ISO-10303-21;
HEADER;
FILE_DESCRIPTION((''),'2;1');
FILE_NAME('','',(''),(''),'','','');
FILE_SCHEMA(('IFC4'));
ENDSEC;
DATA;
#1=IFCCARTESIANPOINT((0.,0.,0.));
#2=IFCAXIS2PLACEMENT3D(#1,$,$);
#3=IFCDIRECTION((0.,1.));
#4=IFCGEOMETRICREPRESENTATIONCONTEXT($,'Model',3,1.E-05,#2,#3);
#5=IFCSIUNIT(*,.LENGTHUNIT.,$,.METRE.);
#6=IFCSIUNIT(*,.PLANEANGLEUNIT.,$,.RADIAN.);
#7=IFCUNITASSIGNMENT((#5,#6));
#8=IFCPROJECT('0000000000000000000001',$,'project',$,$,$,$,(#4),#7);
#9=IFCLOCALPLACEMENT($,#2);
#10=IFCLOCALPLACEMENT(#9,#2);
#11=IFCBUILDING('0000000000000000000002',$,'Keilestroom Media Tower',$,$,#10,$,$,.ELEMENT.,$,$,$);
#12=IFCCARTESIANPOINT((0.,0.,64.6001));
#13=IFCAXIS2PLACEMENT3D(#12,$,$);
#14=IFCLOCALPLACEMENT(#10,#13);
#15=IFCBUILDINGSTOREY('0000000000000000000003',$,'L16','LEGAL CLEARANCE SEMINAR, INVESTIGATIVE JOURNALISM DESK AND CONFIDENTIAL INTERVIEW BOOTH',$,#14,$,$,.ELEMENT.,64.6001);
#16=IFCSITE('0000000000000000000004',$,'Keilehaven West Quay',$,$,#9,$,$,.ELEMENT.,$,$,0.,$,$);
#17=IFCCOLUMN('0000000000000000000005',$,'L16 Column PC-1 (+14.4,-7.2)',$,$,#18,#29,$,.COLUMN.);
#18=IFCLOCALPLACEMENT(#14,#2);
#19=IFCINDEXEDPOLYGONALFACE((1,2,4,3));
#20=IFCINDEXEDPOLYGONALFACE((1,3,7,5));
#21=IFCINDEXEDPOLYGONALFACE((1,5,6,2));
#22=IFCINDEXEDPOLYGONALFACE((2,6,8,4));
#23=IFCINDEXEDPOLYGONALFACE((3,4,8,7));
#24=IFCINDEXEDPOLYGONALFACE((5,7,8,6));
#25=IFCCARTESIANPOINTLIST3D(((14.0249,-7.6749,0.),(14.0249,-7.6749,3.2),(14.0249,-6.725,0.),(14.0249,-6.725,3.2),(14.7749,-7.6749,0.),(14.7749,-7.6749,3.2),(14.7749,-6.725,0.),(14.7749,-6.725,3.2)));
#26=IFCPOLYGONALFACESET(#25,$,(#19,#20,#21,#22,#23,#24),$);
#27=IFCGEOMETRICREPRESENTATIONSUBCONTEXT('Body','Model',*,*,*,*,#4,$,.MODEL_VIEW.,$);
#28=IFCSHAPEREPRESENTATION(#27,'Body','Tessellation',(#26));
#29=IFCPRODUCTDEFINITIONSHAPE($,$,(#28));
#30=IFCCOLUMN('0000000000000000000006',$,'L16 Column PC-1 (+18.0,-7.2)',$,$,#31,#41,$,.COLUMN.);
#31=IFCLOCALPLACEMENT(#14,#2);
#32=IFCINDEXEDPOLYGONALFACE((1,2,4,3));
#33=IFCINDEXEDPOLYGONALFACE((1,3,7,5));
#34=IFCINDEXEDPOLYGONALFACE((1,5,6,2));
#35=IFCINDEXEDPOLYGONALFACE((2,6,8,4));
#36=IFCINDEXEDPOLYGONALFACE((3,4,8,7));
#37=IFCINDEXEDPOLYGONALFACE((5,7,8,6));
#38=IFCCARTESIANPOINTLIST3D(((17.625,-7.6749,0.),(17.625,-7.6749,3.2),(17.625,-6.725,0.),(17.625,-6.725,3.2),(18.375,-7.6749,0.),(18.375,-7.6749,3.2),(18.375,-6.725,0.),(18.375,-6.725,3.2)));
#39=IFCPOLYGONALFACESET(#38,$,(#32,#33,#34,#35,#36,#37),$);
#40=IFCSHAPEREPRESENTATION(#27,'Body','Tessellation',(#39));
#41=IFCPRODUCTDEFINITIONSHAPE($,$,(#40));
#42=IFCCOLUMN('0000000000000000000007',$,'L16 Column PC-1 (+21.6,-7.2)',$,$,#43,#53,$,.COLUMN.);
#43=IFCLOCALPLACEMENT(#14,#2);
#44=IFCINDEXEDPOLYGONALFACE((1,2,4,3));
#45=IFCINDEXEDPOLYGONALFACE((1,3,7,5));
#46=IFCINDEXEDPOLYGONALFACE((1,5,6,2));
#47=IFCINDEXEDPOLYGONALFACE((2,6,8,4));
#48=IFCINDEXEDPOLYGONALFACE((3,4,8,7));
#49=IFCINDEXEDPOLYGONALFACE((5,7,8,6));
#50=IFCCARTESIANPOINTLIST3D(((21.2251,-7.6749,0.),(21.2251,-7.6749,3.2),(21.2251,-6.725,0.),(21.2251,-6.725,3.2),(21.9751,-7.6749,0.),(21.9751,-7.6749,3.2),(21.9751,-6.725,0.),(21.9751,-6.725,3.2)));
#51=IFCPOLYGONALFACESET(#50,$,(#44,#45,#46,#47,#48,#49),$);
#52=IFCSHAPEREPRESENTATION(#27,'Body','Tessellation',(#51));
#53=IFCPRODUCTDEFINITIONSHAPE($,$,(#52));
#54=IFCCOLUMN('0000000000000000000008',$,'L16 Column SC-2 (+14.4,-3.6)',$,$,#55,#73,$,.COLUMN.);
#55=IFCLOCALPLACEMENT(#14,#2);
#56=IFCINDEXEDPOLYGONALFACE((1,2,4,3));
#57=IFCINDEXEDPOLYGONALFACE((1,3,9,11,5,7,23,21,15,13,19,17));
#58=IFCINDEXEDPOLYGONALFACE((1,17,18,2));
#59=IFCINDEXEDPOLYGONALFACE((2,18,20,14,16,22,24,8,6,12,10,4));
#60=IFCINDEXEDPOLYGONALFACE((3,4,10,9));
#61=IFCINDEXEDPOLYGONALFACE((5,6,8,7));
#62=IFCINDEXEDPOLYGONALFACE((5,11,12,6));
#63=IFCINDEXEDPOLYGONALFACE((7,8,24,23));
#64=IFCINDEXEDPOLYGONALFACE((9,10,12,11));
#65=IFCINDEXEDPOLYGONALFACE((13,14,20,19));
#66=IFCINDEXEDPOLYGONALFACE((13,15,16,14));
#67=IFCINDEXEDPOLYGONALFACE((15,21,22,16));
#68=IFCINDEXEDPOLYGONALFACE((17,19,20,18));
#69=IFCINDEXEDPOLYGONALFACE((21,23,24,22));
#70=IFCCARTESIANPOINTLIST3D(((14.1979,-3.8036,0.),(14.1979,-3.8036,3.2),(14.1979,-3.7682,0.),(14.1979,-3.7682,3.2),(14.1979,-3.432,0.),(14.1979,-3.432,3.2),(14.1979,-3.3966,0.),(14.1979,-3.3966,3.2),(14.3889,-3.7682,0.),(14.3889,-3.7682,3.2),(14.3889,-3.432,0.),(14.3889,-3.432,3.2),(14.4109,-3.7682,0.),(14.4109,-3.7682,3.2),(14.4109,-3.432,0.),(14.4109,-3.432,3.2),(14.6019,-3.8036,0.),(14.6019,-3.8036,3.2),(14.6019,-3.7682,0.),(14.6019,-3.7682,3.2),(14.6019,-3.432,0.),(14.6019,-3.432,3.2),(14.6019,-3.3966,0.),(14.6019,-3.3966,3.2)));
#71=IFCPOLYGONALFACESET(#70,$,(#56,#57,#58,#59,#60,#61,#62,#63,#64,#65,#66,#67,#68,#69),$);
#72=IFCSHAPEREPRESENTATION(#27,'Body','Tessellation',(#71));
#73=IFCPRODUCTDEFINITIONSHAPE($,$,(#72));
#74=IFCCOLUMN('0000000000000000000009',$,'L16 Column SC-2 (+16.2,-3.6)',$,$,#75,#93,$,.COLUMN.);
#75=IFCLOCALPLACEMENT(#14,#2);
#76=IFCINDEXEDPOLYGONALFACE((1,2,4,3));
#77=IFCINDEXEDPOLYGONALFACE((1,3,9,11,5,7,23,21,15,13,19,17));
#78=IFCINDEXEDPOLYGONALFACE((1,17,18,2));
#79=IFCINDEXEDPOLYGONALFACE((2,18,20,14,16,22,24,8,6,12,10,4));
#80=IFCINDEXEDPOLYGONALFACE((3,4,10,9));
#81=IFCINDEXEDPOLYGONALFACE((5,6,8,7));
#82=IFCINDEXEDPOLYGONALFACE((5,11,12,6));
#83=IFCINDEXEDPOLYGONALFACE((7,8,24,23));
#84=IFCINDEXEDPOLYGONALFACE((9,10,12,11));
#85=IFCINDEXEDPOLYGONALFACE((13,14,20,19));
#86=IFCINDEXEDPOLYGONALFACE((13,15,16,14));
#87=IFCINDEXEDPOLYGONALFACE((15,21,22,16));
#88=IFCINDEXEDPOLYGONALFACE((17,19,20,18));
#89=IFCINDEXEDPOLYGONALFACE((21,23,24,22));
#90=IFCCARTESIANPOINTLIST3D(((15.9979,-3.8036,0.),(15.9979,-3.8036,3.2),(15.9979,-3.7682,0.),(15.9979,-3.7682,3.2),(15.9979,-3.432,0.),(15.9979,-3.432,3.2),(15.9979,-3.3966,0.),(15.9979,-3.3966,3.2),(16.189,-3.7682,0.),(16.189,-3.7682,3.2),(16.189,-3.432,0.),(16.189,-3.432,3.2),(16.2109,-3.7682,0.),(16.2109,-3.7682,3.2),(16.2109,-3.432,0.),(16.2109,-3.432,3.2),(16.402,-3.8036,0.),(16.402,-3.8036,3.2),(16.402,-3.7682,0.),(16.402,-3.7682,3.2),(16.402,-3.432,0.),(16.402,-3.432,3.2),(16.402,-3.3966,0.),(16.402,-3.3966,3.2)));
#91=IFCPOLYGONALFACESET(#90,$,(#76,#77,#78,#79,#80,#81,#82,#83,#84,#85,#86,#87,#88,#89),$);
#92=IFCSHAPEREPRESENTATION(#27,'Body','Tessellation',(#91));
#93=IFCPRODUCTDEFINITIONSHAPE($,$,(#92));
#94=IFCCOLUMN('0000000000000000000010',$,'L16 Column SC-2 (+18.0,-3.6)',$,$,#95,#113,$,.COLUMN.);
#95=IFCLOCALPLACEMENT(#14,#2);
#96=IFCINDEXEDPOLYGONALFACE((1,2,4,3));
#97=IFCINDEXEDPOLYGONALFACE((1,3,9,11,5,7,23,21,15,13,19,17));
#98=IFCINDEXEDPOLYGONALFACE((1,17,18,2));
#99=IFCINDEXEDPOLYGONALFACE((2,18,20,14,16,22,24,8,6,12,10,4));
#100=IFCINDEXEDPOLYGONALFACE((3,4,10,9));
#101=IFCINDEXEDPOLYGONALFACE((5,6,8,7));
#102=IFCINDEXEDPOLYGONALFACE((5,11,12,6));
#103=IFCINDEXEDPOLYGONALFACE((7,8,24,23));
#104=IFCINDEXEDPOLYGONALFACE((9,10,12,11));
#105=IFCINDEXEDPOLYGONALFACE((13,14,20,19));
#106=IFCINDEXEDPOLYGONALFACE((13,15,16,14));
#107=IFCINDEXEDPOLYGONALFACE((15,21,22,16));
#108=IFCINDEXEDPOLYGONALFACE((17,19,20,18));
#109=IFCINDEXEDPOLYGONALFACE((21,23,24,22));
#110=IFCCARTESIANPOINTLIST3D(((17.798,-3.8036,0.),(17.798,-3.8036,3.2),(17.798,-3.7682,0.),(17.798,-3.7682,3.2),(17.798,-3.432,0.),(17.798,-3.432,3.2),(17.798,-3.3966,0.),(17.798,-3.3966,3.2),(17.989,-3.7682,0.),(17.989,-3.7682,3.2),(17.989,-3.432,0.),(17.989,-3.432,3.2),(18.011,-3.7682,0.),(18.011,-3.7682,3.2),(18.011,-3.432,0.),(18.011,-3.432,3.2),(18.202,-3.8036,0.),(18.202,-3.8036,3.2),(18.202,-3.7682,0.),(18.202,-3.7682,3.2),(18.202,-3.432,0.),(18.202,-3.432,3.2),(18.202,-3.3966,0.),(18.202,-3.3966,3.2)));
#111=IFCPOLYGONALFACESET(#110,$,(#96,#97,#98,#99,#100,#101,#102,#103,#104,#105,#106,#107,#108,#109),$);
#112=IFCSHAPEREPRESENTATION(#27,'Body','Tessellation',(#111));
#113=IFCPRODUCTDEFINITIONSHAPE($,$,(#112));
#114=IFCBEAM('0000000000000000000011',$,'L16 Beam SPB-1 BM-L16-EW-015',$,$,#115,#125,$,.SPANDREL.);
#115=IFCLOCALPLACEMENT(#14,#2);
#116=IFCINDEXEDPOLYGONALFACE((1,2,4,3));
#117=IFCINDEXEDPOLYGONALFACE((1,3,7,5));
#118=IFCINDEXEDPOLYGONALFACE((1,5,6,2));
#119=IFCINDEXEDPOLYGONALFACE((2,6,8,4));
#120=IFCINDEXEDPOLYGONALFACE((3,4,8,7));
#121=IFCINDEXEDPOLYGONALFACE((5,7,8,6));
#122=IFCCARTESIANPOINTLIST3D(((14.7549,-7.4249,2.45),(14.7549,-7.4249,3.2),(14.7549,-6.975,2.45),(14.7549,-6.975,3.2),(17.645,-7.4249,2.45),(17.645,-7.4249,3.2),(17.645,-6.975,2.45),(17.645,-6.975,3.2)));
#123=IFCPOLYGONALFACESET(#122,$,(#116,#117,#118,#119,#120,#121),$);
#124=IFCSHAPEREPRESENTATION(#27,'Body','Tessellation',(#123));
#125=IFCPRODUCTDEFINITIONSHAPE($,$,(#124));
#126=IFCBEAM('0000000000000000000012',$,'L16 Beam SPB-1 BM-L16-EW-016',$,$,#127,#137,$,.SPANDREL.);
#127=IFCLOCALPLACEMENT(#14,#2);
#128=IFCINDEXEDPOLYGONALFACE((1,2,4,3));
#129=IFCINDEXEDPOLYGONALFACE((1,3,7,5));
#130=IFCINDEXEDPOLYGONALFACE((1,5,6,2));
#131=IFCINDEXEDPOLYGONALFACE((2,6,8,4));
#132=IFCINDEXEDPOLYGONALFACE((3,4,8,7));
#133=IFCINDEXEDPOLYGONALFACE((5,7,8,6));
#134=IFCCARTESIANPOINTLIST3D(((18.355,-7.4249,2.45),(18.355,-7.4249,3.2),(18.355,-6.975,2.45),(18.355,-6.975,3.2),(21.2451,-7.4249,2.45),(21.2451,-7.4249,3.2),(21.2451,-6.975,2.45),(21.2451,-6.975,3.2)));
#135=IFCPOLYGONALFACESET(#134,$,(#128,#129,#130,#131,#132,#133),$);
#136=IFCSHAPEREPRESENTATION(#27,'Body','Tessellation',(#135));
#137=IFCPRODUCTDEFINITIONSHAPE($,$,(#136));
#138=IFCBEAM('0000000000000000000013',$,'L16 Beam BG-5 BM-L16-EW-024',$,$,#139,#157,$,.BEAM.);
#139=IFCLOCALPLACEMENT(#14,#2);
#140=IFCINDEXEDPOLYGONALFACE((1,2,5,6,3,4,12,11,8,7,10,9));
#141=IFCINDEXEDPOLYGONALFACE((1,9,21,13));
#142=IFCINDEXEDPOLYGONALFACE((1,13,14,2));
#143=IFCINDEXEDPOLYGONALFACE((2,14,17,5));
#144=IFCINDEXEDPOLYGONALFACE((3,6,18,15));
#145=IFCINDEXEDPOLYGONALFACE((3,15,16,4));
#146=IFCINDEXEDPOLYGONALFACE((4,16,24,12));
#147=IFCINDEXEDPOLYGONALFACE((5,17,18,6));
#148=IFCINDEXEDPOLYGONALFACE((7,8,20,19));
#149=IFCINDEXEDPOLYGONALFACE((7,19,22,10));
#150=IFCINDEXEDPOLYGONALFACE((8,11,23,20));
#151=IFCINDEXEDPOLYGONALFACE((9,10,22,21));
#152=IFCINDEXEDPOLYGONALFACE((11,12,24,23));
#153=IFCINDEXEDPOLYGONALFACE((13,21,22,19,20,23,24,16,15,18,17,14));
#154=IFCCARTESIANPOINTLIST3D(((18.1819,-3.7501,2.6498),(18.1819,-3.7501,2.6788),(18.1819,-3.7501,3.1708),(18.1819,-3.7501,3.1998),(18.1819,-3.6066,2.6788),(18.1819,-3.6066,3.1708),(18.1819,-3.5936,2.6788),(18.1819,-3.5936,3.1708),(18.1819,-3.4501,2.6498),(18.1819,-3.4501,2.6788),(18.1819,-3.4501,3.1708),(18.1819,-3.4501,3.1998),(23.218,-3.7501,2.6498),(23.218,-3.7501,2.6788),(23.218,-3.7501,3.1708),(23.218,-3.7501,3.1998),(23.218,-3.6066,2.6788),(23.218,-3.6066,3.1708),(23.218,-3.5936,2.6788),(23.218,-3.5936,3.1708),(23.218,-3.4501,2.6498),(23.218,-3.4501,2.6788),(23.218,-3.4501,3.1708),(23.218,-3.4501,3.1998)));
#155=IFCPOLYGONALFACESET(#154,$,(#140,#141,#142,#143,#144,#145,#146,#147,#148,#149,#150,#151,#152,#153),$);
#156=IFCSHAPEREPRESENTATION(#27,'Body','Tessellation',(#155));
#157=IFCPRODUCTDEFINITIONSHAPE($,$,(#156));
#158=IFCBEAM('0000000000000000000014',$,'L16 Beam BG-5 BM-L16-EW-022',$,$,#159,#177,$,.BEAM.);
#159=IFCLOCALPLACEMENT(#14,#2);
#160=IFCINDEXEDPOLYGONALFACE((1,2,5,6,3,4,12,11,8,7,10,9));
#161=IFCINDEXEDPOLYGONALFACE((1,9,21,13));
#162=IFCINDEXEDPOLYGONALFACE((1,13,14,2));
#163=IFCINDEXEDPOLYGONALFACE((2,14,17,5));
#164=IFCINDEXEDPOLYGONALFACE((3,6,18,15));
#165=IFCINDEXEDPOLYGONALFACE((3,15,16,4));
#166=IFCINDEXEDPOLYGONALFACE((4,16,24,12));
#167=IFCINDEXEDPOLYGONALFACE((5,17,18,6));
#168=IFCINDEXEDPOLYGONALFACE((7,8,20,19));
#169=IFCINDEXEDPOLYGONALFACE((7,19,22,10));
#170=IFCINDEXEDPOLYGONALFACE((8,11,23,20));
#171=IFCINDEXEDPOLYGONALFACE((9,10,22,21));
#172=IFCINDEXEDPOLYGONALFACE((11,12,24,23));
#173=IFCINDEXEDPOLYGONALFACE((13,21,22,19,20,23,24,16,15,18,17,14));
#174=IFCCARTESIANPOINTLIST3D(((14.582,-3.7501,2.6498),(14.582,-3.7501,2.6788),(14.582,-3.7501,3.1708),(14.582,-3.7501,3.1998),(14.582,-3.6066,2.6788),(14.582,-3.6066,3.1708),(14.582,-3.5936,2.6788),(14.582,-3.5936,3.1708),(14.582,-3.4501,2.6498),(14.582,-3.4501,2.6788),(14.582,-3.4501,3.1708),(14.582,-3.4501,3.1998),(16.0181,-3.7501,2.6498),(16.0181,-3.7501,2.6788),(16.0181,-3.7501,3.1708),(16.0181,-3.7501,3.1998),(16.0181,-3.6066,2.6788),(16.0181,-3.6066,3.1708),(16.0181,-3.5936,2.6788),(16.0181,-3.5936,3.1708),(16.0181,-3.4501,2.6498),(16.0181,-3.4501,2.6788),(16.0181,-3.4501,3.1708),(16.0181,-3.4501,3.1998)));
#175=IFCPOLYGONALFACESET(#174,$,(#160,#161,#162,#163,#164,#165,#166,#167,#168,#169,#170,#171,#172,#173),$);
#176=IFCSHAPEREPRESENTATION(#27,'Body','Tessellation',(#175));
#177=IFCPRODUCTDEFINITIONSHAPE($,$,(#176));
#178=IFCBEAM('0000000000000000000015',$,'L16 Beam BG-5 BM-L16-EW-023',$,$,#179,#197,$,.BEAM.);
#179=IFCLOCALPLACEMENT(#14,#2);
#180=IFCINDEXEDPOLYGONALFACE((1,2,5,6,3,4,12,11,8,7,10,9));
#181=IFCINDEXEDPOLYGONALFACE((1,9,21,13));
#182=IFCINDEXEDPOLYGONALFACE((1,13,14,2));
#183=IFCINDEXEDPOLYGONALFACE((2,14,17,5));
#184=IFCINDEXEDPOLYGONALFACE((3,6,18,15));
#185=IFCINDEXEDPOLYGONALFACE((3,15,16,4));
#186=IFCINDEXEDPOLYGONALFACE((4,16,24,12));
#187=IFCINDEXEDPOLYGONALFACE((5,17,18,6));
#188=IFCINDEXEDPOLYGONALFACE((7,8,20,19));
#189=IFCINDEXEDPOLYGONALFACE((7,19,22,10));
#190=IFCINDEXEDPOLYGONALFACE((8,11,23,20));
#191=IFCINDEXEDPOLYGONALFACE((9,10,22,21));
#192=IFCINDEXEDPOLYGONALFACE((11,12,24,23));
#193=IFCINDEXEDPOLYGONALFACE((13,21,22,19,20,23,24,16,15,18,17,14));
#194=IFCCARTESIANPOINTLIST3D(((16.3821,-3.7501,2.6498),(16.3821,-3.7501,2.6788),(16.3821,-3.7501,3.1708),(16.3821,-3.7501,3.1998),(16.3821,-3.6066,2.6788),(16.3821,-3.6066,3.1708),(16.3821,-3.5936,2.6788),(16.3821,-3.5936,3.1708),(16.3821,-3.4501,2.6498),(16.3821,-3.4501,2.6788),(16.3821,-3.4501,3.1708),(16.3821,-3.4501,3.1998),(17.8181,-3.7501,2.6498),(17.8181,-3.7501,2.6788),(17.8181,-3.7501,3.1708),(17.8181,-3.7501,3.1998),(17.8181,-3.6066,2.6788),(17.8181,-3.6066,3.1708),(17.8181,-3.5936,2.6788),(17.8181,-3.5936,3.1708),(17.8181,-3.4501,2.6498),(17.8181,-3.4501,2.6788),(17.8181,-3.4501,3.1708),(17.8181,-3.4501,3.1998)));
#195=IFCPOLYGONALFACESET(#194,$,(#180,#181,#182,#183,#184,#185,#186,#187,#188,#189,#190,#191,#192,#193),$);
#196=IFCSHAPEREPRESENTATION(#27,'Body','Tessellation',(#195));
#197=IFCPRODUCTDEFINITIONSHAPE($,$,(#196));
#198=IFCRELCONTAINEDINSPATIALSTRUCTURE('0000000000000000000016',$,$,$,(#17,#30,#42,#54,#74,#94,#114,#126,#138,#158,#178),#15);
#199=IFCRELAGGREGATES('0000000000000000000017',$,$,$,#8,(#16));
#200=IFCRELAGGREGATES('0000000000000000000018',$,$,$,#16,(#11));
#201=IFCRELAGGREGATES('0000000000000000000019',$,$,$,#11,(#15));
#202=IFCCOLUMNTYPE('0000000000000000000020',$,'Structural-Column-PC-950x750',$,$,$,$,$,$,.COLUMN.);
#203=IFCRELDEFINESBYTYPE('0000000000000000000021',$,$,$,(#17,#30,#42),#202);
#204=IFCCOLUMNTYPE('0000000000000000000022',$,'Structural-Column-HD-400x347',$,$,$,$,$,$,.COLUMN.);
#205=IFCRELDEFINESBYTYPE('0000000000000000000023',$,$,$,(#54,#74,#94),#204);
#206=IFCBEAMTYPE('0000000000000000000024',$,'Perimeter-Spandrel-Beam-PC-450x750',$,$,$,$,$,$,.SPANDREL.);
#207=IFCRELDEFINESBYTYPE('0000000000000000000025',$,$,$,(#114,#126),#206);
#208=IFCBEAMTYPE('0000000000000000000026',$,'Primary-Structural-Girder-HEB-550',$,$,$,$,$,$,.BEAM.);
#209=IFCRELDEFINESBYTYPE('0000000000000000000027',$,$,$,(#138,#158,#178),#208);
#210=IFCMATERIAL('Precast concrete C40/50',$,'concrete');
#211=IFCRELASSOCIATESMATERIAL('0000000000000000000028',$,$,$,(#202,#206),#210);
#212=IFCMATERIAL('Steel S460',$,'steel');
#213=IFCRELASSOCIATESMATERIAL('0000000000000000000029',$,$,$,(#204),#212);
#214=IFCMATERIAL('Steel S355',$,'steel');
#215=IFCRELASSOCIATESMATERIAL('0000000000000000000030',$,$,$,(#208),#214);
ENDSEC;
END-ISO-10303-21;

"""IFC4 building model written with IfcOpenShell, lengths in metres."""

from ifc_helpers import new_model, si_unit, direction, frame, origin, origin_2d, place, context, subcontext, project, spatial, rectangle, i_section, extrude, source, transform, mapped, material, material_profile, profile_set, type_object, element, save


model = new_model("IFC4")

# Units and contexts
model_context = context("Model", 3, precision=1e-05, world=origin(), true_north=direction((0.0, 1.0)))
body_context = subcontext(model_context, "Body", "Model", "MODEL_VIEW")
ifc_project = project(units=[si_unit("LENGTHUNIT", "METRE"), si_unit("PLANEANGLEUNIT", "RADIAN")], contexts=[model_context])

# Site, building, storey
site_placement = place(None, origin())
site = spatial("IfcSite", under=ifc_project, at=site_placement, Name="Keilehaven West Quay", CompositionType="ELEMENT", RefElevation=0.0)
building_placement = place(site_placement, origin())
building = spatial("IfcBuilding", under=site, at=building_placement, Name="Keilestroom Media Tower", CompositionType="ELEMENT")
storey_placement = place(building_placement, frame((0.0, 0.0, 64.6001)))
storey = spatial("IfcBuildingStorey", under=building, at=storey_placement, Name="L16", Description="LEGAL CLEARANCE SEMINAR, INVESTIGATIVE JOURNALISM DESK AND CONFIDENTIAL INTERVIEW BOOTH", CompositionType="ELEMENT", Elevation=64.6001)

# Columns
ifc_material_1 = material(Name="Precast concrete C40/50", Category="concrete")
ifc_material_profile_1 = material_profile(ifc_material_1, rectangle(XDim=0.75, YDim=0.95, at=origin_2d()), Name="PC 950x750")
ifc_profile_set_1 = profile_set([ifc_material_profile_1], Name="Precast concrete C40/50")
column_type_1 = type_object("IfcColumnType", Name="Structural-Column-PC-950x750", PredefinedType="COLUMN", material=ifc_profile_set_1)
shared_shape_1 = source(origin(), body_context, "Body", "SweptSolid", [
    extrude(rectangle(XDim=0.75, YDim=0.95, at=origin_2d()), origin(), (0.0, 0.0, 1.0), 3.2),
])
for number, where, z_axis, x_axis, name in (
    (1, (14.3999, -7.2, 0.0), (0.0, 0.0, 1.0), (1.0, 0.0, 0.0), "L16 Column PC-1 (+14.4,-7.2)"),
    (2, (18.0, -7.2, 0.0), (0.0, 0.0, 1.0), (1.0, 0.0, 0.0), "L16 Column PC-1 (+18.0,-7.2)"),
    (3, (21.6001, -7.2, 0.0), (0.0, 0.0, 1.0), (1.0, 0.0, 0.0), "L16 Column PC-1 (+21.6,-7.2)"),
):
    element("IfcColumn", number, at=place(storey_placement, frame(where, z_axis=z_axis, x_axis=x_axis)), inside=storey, type_object=column_type_1, Name=name, PredefinedType="COLUMN", context=body_context, shape_type="MappedRepresentation", body=[
        mapped(shared_shape_1, transform((0.0, 0.0, 0.0), x_axis=(1.0, 0.0, 0.0), y_axis=(0.0, 1.0, 0.0), z_axis=(0.0, 0.0, 1.0), scale=1.0)),
    ])
ifc_material_2 = material(Name="Steel S460", Category="steel")
ifc_material_profile_2 = material_profile(ifc_material_2, i_section(OverallWidth=0.4041, OverallDepth=0.407, WebThickness=0.022, FlangeThickness=0.0354, at=origin_2d()), Name="HD 400x347")
ifc_profile_set_2 = profile_set([ifc_material_profile_2], Name="Steel S460")
column_type_2 = type_object("IfcColumnType", Name="Structural-Column-HD-400x347", PredefinedType="COLUMN", material=ifc_profile_set_2)
shared_shape_2 = source(origin(), body_context, "Body", "SweptSolid", [
    extrude(i_section(OverallWidth=0.4041, OverallDepth=0.407, WebThickness=0.022, FlangeThickness=0.0354, at=origin_2d()), origin(), (0.0, 0.0, 1.0), 3.2),
])
for number, where, z_axis, x_axis, name in (
    (4, (14.3999, -3.6001, 0.0), (0.0, 0.0, 1.0), (1.0, 0.0, 0.0), "L16 Column SC-2 (+14.4,-3.6)"),
    (5, (16.2, -3.6001, 0.0), (0.0, 0.0, 1.0), (1.0, 0.0, 0.0), "L16 Column SC-2 (+16.2,-3.6)"),
    (6, (18.0, -3.6001, 0.0), (0.0, 0.0, 1.0), (1.0, 0.0, 0.0), "L16 Column SC-2 (+18.0,-3.6)"),
):
    element("IfcColumn", number, at=place(storey_placement, frame(where, z_axis=z_axis, x_axis=x_axis)), inside=storey, type_object=column_type_2, Name=name, PredefinedType="COLUMN", context=body_context, shape_type="MappedRepresentation", body=[
        mapped(shared_shape_2, transform((0.0, 0.0, 0.0), x_axis=(1.0, 0.0, 0.0), y_axis=(0.0, 1.0, 0.0), z_axis=(0.0, 0.0, 1.0), scale=1.0)),
    ])

# Beams
ifc_material_profile_3 = material_profile(ifc_material_1, rectangle(XDim=0.45, YDim=0.75, at=origin_2d()), Name="PC 450x750")
ifc_profile_set_3 = profile_set([ifc_material_profile_3], Name="Precast concrete C40/50")
beam_type_1 = type_object("IfcBeamType", Name="Perimeter-Spandrel-Beam-PC-450x750", PredefinedType="SPANDREL", material=ifc_profile_set_3)
shared_shape_3 = source(origin(), body_context, "Body", "SweptSolid", [
    extrude(rectangle(XDim=0.45, YDim=0.75, at=origin_2d()), origin(), (0.0, 0.0, 1.0), 2.8901),
])
for number, where, z_axis, x_axis, name in (
    (7, (14.7549, -7.2, 2.825), (1.0, 0.0, 0.0), (0.0, 1.0, 0.0), "L16 Beam SPB-1 BM-L16-EW-015"),
    (8, (18.355, -7.2, 2.825), (1.0, 0.0, 0.0), (0.0, 1.0, 0.0), "L16 Beam SPB-1 BM-L16-EW-016"),
):
    element("IfcBeam", number, at=place(storey_placement, frame(where, z_axis=z_axis, x_axis=x_axis)), inside=storey, type_object=beam_type_1, Name=name, PredefinedType="SPANDREL", context=body_context, shape_type="MappedRepresentation", body=[
        mapped(shared_shape_3, transform((0.0, 0.0, 0.0), x_axis=(1.0, 0.0, 0.0), y_axis=(0.0, 1.0, 0.0), z_axis=(0.0, 0.0, 1.0), scale=1.0)),
    ])
ifc_material_3 = material(Name="Steel S355", Category="steel")
ifc_material_profile_4 = material_profile(ifc_material_3, i_section(OverallWidth=0.3, OverallDepth=0.55, WebThickness=0.0129, FlangeThickness=0.0291, at=origin_2d()), Name="HEB 550")
ifc_profile_set_4 = profile_set([ifc_material_profile_4], Name="Steel S355")
beam_type_2 = type_object("IfcBeamType", Name="Primary-Structural-Girder-HEB-550", PredefinedType="BEAM", material=ifc_profile_set_4)
shared_shape_4 = source(origin(), body_context, "Body", "SweptSolid", [
    extrude(i_section(OverallWidth=0.3, OverallDepth=0.55, WebThickness=0.0129, FlangeThickness=0.0291, at=origin_2d()), origin(), (0.0, 0.0, 1.0), 5.0361),
])
beam_1_placement = place(storey_placement, frame((18.1819, -3.6001, 2.9248), z_axis=(1.0, 0.0, 0.0), x_axis=(0.0, 1.0, 0.0)))
element("IfcBeam", 9, at=beam_1_placement, inside=storey, type_object=beam_type_2, Name="L16 Beam BG-5 BM-L16-EW-024", PredefinedType="BEAM", context=body_context, shape_type="MappedRepresentation", body=[
    mapped(shared_shape_4, transform((0.0, 0.0, 0.0), x_axis=(1.0, 0.0, 0.0), y_axis=(0.0, 1.0, 0.0), z_axis=(0.0, 0.0, 1.0), scale=1.0)),
])
shared_shape_5 = source(origin(), body_context, "Body", "SweptSolid", [
    extrude(i_section(OverallWidth=0.3, OverallDepth=0.55, WebThickness=0.0129, FlangeThickness=0.0291, at=origin_2d()), origin(), (0.0, 0.0, 1.0), 1.436),
])
for number, where, z_axis, x_axis, name in (
    (10, (14.582, -3.6001, 2.9248), (1.0, 0.0, 0.0), (0.0, 1.0, 0.0), "L16 Beam BG-5 BM-L16-EW-022"),
    (11, (16.3821, -3.6001, 2.9248), (1.0, 0.0, 0.0), (0.0, 1.0, 0.0), "L16 Beam BG-5 BM-L16-EW-023"),
):
    element("IfcBeam", number, at=place(storey_placement, frame(where, z_axis=z_axis, x_axis=x_axis)), inside=storey, type_object=beam_type_2, Name=name, PredefinedType="BEAM", context=body_context, shape_type="MappedRepresentation", body=[
        mapped(shared_shape_5, transform((0.0, 0.0, 0.0), x_axis=(1.0, 0.0, 0.0), y_axis=(0.0, 1.0, 0.0), z_axis=(0.0, 0.0, 1.0), scale=1.0)),
    ])

save(model, "model.ifc")
